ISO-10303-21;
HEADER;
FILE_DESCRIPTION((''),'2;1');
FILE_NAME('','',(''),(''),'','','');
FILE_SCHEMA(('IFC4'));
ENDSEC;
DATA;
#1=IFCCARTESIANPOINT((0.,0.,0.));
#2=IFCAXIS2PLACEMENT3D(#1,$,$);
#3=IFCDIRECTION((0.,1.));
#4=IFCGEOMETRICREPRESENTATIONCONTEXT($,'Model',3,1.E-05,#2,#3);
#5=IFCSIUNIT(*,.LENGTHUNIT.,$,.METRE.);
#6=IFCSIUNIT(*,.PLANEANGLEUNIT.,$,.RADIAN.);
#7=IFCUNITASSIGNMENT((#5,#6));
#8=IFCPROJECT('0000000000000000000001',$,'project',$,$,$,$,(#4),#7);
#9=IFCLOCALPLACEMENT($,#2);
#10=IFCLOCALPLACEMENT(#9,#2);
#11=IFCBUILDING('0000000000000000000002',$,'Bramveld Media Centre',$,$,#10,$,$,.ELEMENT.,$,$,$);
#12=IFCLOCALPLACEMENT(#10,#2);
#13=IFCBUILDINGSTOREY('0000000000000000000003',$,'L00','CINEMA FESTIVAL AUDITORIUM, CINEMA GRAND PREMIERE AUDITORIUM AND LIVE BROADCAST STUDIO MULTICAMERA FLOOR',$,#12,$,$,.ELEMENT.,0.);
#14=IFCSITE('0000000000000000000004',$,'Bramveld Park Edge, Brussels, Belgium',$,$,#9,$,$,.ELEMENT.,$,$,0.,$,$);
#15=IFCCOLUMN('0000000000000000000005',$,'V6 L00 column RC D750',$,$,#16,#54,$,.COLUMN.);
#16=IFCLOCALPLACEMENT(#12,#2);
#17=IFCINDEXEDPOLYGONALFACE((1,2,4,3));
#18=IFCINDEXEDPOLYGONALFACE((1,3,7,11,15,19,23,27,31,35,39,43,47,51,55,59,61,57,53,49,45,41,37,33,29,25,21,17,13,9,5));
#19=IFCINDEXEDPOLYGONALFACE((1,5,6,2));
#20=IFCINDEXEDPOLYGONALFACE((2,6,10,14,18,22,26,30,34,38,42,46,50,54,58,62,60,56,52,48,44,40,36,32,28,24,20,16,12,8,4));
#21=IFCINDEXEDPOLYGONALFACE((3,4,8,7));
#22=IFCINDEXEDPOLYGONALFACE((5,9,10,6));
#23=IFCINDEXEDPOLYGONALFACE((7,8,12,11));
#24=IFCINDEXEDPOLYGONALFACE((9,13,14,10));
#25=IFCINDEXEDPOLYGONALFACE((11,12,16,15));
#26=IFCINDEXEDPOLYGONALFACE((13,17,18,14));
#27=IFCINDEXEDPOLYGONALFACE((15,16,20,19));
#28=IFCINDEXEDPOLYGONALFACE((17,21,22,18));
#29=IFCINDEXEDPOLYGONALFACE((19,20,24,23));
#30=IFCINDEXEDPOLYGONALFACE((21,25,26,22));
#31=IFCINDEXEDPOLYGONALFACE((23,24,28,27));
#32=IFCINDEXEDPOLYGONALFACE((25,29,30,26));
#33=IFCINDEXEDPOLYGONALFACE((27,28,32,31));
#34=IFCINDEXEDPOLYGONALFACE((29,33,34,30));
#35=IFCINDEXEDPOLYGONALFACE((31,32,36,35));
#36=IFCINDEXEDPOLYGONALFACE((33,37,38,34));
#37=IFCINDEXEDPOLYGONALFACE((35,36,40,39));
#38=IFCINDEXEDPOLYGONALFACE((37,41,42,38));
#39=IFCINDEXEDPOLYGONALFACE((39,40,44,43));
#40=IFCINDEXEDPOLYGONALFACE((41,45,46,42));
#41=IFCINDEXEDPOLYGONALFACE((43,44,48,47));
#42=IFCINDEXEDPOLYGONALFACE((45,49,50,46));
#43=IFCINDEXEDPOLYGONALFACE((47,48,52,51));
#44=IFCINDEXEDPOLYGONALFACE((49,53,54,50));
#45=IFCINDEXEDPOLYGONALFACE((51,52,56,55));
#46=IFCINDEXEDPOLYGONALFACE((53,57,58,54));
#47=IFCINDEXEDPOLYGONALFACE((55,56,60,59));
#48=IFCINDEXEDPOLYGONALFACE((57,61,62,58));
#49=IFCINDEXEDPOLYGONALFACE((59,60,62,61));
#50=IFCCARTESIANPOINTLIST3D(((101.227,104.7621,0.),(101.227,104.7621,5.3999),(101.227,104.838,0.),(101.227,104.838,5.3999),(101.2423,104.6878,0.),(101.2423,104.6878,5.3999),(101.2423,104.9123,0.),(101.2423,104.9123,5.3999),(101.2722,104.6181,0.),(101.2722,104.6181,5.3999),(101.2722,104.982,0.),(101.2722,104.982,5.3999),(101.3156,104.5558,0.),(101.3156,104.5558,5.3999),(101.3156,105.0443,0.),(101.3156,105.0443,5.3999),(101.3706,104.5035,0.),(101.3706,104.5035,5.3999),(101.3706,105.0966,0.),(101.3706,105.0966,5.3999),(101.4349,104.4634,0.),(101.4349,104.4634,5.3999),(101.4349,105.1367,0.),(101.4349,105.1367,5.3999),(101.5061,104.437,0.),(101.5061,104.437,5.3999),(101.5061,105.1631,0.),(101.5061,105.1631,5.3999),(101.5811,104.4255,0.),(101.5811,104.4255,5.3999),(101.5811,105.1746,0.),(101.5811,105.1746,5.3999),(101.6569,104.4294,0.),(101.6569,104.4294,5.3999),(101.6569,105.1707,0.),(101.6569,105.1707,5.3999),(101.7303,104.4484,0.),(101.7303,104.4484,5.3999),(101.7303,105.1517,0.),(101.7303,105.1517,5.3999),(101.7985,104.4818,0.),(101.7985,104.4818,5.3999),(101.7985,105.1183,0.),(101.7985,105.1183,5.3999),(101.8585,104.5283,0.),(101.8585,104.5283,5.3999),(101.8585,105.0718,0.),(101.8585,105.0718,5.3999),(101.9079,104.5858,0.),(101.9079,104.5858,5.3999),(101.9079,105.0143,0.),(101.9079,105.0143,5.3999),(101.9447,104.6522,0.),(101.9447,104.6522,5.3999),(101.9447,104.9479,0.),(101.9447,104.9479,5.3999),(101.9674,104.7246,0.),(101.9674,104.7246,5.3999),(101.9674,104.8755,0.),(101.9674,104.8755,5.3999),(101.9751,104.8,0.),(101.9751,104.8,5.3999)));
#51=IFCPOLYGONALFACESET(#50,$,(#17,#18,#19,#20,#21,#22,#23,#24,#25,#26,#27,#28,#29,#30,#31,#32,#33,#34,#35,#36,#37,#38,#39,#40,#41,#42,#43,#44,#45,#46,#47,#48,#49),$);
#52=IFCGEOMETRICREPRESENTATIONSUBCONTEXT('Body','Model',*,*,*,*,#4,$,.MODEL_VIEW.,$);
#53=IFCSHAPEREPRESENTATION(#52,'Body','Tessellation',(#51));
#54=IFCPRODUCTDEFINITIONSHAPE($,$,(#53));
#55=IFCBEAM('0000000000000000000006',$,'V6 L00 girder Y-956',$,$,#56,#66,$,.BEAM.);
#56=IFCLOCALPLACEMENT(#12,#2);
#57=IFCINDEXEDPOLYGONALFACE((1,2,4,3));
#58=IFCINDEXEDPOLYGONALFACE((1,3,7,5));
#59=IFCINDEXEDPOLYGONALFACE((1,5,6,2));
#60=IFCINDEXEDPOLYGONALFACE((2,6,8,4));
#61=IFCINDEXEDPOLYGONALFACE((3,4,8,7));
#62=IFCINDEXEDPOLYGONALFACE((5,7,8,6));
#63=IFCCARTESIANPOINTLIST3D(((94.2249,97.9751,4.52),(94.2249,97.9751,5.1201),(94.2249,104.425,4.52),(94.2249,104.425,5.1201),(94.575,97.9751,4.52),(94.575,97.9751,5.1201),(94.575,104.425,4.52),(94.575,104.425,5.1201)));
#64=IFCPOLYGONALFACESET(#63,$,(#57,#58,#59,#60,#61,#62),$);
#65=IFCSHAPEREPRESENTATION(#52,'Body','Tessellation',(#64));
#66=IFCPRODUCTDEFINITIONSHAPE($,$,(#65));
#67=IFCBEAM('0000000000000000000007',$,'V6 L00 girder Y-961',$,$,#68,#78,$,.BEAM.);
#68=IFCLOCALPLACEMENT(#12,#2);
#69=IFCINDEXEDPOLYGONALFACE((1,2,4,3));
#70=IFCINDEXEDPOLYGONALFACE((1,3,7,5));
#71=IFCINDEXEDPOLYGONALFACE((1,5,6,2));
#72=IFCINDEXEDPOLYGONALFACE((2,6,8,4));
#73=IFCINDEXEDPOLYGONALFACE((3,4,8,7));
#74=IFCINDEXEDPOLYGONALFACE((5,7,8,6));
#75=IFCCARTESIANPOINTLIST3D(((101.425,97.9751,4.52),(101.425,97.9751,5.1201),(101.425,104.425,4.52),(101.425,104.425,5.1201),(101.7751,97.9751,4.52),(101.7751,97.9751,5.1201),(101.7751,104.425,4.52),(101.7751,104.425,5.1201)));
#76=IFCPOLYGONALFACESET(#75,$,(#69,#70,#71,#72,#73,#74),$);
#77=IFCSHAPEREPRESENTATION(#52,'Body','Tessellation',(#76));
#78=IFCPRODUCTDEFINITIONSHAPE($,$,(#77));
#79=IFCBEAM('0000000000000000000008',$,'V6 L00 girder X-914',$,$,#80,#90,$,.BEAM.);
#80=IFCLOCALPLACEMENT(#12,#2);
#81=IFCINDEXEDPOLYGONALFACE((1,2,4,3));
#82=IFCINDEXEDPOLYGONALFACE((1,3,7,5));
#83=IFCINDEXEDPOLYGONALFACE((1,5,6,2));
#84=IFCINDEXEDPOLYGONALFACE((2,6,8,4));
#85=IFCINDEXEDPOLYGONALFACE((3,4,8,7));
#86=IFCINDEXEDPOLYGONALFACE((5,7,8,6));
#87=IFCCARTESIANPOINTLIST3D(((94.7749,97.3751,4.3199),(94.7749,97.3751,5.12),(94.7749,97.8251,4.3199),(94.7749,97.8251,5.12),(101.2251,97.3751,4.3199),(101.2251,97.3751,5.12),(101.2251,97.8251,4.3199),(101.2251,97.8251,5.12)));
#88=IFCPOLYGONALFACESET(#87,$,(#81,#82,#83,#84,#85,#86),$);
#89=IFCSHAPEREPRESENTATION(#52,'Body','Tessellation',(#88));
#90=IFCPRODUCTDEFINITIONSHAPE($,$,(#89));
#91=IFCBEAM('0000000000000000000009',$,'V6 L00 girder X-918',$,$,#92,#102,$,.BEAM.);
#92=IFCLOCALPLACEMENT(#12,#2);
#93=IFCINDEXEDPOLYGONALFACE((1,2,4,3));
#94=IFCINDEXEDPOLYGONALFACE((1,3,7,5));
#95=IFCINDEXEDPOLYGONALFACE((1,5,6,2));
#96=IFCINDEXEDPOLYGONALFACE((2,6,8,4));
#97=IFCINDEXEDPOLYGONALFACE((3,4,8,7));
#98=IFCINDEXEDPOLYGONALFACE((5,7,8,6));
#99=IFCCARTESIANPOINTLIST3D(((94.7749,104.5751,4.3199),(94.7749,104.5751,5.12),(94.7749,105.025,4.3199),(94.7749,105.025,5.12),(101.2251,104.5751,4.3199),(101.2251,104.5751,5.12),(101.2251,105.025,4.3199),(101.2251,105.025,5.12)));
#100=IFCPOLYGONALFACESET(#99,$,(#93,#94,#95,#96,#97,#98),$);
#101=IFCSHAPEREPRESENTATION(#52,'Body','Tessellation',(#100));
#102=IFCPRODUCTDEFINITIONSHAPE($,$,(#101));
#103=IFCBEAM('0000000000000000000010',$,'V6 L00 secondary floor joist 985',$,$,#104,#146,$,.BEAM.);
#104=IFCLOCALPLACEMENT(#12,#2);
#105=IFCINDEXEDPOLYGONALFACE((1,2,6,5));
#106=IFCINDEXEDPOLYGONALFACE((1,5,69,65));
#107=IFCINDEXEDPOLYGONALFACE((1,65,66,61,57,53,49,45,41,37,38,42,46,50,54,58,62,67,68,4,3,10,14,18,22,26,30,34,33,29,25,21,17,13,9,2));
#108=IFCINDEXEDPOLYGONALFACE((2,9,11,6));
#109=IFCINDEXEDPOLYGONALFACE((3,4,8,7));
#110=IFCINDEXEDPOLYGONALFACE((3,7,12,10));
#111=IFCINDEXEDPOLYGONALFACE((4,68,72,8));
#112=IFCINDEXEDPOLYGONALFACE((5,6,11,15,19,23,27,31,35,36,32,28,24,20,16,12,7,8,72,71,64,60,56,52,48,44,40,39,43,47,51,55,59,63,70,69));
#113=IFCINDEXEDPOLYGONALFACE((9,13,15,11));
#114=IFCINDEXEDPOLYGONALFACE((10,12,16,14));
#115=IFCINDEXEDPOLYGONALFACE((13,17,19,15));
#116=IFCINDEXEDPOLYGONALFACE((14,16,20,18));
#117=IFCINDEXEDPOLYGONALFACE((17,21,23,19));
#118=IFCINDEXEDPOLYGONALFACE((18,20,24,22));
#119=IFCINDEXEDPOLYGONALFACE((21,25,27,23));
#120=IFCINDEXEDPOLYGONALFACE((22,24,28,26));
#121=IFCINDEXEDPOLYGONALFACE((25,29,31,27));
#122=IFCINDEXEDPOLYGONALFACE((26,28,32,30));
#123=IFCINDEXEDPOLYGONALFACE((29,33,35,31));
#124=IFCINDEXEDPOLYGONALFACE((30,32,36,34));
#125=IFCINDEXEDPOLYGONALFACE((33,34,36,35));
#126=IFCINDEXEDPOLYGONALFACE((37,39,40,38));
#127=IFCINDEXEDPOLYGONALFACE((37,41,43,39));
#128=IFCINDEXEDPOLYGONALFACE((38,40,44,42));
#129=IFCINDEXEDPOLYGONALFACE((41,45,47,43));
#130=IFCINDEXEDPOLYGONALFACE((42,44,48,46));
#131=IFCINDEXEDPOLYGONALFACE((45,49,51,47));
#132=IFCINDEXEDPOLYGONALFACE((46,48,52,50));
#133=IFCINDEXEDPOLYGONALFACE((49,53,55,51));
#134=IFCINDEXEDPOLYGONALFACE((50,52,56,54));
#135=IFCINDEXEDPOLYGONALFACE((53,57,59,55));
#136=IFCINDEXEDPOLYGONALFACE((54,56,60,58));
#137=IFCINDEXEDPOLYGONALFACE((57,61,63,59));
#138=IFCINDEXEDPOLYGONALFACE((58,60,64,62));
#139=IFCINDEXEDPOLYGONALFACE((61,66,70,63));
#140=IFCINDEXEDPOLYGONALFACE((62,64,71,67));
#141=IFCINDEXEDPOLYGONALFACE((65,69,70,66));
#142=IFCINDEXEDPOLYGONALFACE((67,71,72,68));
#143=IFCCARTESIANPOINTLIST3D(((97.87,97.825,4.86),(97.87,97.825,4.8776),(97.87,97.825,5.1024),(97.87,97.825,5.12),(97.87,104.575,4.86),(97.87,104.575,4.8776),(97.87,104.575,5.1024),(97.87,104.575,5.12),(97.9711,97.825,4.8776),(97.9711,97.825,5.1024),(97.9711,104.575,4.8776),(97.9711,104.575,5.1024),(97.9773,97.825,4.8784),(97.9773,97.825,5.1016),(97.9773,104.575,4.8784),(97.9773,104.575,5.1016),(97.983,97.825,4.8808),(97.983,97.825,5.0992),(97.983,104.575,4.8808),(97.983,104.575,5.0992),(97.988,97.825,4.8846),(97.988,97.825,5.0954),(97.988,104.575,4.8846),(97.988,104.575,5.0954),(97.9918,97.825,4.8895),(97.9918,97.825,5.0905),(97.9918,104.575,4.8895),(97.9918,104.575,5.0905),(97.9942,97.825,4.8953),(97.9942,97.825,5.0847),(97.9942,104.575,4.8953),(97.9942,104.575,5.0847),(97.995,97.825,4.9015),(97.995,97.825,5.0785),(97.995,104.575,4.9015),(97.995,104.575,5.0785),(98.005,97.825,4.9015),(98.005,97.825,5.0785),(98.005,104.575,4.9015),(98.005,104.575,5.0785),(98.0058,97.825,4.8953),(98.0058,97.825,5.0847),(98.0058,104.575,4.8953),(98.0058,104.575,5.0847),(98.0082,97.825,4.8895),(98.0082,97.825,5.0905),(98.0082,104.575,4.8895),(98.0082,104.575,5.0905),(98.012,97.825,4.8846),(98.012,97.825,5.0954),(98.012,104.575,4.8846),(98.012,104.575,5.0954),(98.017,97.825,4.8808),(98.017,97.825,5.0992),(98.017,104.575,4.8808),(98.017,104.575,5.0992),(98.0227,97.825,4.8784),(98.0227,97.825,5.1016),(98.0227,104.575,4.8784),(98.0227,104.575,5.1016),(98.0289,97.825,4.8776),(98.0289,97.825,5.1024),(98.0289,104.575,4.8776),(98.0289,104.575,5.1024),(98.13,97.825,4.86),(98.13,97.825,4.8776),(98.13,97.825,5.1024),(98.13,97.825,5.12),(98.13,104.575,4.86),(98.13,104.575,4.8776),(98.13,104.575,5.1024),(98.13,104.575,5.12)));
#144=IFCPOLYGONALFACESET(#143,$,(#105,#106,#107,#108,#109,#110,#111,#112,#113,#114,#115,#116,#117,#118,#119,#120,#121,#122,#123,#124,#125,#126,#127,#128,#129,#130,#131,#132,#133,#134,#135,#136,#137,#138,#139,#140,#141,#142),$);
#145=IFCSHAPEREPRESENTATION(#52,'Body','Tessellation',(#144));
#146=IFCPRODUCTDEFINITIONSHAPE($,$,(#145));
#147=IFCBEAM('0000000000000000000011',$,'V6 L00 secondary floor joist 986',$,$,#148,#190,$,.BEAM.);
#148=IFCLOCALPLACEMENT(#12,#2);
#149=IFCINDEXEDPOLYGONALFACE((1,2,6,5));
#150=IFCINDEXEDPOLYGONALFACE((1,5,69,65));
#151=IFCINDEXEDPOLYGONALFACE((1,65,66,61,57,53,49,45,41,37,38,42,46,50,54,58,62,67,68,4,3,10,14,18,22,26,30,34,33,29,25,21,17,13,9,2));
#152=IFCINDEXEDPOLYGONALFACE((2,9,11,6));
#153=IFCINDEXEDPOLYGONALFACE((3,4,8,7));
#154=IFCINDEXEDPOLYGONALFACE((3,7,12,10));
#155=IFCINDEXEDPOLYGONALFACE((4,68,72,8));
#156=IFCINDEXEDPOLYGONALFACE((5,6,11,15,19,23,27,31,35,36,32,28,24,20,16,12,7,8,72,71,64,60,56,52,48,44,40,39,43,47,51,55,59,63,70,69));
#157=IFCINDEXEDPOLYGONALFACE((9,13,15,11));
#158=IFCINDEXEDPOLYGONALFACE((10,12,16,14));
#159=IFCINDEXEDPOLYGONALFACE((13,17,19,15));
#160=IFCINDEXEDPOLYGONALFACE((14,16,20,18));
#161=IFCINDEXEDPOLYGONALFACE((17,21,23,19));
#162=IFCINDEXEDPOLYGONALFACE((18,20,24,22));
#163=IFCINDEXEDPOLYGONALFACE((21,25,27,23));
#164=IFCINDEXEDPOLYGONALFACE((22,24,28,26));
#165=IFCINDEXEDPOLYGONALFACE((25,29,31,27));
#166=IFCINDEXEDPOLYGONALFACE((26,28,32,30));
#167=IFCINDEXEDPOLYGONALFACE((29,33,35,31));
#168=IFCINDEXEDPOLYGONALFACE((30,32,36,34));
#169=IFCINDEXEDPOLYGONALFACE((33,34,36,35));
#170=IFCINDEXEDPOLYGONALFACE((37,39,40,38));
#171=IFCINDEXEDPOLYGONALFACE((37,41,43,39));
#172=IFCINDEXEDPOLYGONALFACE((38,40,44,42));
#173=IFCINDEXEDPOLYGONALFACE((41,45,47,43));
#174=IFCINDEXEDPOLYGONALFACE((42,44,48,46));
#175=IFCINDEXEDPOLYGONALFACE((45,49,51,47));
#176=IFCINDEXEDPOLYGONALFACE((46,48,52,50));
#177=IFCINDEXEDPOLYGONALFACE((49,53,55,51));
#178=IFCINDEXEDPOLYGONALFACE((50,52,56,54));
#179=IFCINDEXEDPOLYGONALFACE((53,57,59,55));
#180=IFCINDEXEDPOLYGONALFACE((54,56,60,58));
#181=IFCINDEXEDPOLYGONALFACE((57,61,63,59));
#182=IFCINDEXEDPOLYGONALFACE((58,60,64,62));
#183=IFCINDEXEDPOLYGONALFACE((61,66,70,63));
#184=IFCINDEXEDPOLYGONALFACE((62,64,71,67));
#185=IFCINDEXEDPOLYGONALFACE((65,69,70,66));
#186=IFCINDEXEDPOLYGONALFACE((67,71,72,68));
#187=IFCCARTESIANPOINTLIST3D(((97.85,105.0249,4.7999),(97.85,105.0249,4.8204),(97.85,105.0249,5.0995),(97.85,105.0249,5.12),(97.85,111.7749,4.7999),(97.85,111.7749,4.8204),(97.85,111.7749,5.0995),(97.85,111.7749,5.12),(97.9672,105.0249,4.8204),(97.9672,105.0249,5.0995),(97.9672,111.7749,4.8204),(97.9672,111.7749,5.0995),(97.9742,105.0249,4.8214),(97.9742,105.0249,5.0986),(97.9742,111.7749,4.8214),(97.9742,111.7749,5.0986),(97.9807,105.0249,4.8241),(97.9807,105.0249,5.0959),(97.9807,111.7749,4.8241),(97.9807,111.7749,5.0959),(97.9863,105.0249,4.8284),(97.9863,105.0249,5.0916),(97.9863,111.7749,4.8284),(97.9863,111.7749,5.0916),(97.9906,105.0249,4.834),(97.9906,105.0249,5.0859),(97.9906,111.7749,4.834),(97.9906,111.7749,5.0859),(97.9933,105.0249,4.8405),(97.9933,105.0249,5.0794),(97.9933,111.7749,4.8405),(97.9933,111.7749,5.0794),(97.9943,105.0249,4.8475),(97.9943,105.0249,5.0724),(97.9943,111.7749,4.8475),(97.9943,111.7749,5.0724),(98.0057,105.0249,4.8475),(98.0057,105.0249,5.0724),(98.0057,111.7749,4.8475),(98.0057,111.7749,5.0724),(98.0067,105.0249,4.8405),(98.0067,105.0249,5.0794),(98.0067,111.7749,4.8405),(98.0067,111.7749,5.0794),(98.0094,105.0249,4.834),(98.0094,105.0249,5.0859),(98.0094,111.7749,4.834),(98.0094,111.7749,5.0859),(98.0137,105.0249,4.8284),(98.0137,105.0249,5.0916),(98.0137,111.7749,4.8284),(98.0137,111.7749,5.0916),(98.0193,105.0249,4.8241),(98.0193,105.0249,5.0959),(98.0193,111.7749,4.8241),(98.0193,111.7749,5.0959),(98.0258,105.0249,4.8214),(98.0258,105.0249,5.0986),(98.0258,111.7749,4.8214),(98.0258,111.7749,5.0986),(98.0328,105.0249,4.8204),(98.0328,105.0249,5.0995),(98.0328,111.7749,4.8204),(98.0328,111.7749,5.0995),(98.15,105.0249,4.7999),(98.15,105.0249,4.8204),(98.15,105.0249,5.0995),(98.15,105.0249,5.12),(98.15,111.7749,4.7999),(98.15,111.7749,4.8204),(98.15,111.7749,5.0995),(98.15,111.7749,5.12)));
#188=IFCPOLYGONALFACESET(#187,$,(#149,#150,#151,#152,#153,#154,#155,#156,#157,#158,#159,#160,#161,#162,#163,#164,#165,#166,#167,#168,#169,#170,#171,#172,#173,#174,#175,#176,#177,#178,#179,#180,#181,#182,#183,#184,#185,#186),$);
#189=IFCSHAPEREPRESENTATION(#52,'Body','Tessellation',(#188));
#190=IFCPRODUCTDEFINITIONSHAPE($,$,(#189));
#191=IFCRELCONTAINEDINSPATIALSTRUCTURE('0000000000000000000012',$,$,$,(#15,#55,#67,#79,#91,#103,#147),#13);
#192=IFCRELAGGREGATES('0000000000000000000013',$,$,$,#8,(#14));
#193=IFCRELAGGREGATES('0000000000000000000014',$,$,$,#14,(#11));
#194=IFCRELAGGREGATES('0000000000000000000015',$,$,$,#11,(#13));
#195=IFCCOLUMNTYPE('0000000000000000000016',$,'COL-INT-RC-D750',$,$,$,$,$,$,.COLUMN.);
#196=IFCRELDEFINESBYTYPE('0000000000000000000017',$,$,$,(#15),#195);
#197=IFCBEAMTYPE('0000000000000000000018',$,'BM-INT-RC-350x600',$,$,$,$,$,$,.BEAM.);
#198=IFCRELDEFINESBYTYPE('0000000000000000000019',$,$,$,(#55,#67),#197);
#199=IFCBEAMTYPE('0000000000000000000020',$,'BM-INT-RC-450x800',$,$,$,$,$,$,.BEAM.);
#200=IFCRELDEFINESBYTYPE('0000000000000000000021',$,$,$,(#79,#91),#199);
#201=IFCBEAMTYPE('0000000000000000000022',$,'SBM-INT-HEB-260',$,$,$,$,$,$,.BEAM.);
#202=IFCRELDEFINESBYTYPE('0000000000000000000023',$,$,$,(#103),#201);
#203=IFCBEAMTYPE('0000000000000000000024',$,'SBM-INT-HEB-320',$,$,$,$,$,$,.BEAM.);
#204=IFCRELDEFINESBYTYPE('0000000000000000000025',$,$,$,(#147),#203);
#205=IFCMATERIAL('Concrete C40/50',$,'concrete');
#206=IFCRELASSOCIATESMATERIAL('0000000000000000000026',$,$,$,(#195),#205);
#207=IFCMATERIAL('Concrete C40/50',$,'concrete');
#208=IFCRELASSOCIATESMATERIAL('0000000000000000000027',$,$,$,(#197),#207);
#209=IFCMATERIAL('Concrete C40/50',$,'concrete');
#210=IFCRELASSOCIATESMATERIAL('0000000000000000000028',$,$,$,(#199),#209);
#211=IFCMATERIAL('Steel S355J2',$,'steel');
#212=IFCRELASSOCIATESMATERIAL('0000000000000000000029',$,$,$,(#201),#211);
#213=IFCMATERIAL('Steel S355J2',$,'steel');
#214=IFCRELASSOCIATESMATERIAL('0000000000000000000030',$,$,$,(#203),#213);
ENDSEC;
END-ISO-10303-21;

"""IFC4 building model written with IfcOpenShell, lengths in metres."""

from ifc_helpers import new_model, si_unit, direction, frame, origin, origin_2d, place, context, subcontext, project, spatial, rectangle, circle, i_section, extrude, material, material_profile, profile_set, type_object, element, save


model = new_model("IFC4")

# Units and contexts
model_context = context("Model", 3, precision=1e-05, world=origin(), true_north=direction((0.0, 1.0)))
body_context = subcontext(model_context, "Body", "Model", "MODEL_VIEW")
ifc_project = project(units=[si_unit("LENGTHUNIT", "METRE"), si_unit("PLANEANGLEUNIT", "RADIAN")], contexts=[model_context])

# Site, building, storey
site_placement = place(None, origin())
site = spatial("IfcSite", under=ifc_project, at=site_placement, Name="Bramveld Park Edge, Brussels, Belgium", CompositionType="ELEMENT", RefElevation=0.0)
building_placement = place(site_placement, origin())
building = spatial("IfcBuilding", under=site, at=building_placement, Name="Bramveld Media Centre", CompositionType="ELEMENT")
storey_placement = place(building_placement, origin())
storey = spatial("IfcBuildingStorey", under=building, at=storey_placement, Name="L00", Description="CINEMA FESTIVAL AUDITORIUM, CINEMA GRAND PREMIERE AUDITORIUM AND LIVE BROADCAST STUDIO MULTICAMERA FLOOR", CompositionType="ELEMENT", Elevation=0.0)

# Column
ifc_material_1 = material(Name="Concrete C40/50", Category="concrete")
ifc_material_profile_1 = material_profile(ifc_material_1, circle(Radius=0.375, at=origin_2d()), Name="RC D750")
ifc_profile_set_1 = profile_set([ifc_material_profile_1], Name="Concrete C40/50")
column_type = type_object("IfcColumnType", Name="COL-INT-RC-D750", PredefinedType="COLUMN", material=ifc_profile_set_1)
for number, where, z_axis, x_axis, name in (
    (1, (101.6001, 104.8, 0.0), (0.0, 0.0, 1.0), (1.0, 0.0, 0.0), "V6 L00 column RC D750"),
):
    element("IfcColumn", number, at=place(storey_placement, frame(where, z_axis=z_axis, x_axis=x_axis)), inside=storey, type_object=column_type, Name=name, PredefinedType="COLUMN", context=body_context, shape_type="SweptSolid", body=[
        extrude(circle(Radius=0.375, at=origin_2d()), origin(), (0.0, 0.0, 1.0), 5.3999),
    ])

# Beams
ifc_material_2 = material(Name="Concrete C40/50", Category="concrete")
ifc_material_profile_2 = material_profile(ifc_material_2, rectangle(XDim=0.3501, YDim=0.6001, at=origin_2d()), Name="RC 350x600")
ifc_profile_set_2 = profile_set([ifc_material_profile_2], Name="Concrete C40/50")
beam_type_1 = type_object("IfcBeamType", Name="BM-INT-RC-350x600", PredefinedType="BEAM", material=ifc_profile_set_2)
for number, where, z_axis, x_axis, name in (
    (2, (94.3999, 97.9751, 4.8201), (0.0, 1.0, 0.0), (-1.0, 0.0, 0.0), "V6 L00 girder Y-956"),
    (3, (101.6001, 97.9751, 4.8201), (0.0, 1.0, 0.0), (-1.0, 0.0, 0.0), "V6 L00 girder Y-961"),
):
    element("IfcBeam", number, at=place(storey_placement, frame(where, z_axis=z_axis, x_axis=x_axis)), inside=storey, type_object=beam_type_1, Name=name, PredefinedType="BEAM", context=body_context, shape_type="SweptSolid", body=[
        extrude(rectangle(XDim=0.3501, YDim=0.6001, at=origin_2d()), origin(), (0.0, 0.0, 1.0), 6.45),
    ])
ifc_material_3 = material(Name="Concrete C40/50", Category="concrete")
ifc_material_profile_3 = material_profile(ifc_material_3, rectangle(XDim=0.45, YDim=0.8, at=origin_2d()), Name="RC 450x800")
ifc_profile_set_3 = profile_set([ifc_material_profile_3], Name="Concrete C40/50")
beam_type_2 = type_object("IfcBeamType", Name="BM-INT-RC-450x800", PredefinedType="BEAM", material=ifc_profile_set_3)
for number, where, z_axis, x_axis, name in (
    (4, (94.7749, 97.6001, 4.72), (1.0, 0.0, 0.0), (0.0, 1.0, 0.0), "V6 L00 girder X-914"),
    (5, (94.7749, 104.8, 4.72), (1.0, 0.0, 0.0), (0.0, 1.0, 0.0), "V6 L00 girder X-918"),
):
    element("IfcBeam", number, at=place(storey_placement, frame(where, z_axis=z_axis, x_axis=x_axis)), inside=storey, type_object=beam_type_2, Name=name, PredefinedType="BEAM", context=body_context, shape_type="SweptSolid", body=[
        extrude(rectangle(XDim=0.45, YDim=0.8, at=origin_2d()), origin(), (0.0, 0.0, 1.0), 6.4502),
    ])
ifc_material_4 = material(Name="Steel S355J2", Category="steel")
ifc_material_profile_4 = material_profile(ifc_material_4, i_section(OverallWidth=0.26, OverallDepth=0.26, WebThickness=0.01, FlangeThickness=0.0176, FilletRadius=0.0239, at=origin_2d()), Name="HEB 260")
ifc_profile_set_4 = profile_set([ifc_material_profile_4], Name="Steel S355J2")
beam_type_3 = type_object("IfcBeamType", Name="SBM-INT-HEB-260", PredefinedType="BEAM", material=ifc_profile_set_4)
beam_1_placement = place(storey_placement, frame((98.0, 97.825, 4.99), z_axis=(0.0, 1.0, 0.0), x_axis=(-1.0, 0.0, 0.0)))
element("IfcBeam", 6, at=beam_1_placement, inside=storey, type_object=beam_type_3, Name="V6 L00 secondary floor joist 985", PredefinedType="BEAM", context=body_context, shape_type="SweptSolid", body=[
    extrude(i_section(OverallWidth=0.26, OverallDepth=0.26, WebThickness=0.01, FlangeThickness=0.0176, FilletRadius=0.0239, at=origin_2d()), origin(), (0.0, 0.0, 1.0), 6.75),
])
ifc_material_5 = material(Name="Steel S355J2", Category="steel")
ifc_material_profile_5 = material_profile(ifc_material_5, i_section(OverallWidth=0.3, OverallDepth=0.3201, WebThickness=0.0115, FlangeThickness=0.0205, FilletRadius=0.0271, at=origin_2d()), Name="HEB 320")
ifc_profile_set_5 = profile_set([ifc_material_profile_5], Name="Steel S355J2")
beam_type_4 = type_object("IfcBeamType", Name="SBM-INT-HEB-320", PredefinedType="BEAM", material=ifc_profile_set_5)
beam_2_placement = place(storey_placement, frame((98.0, 105.0249, 4.96), z_axis=(0.0, 1.0, 0.0), x_axis=(-1.0, 0.0, 0.0)))
element("IfcBeam", 7, at=beam_2_placement, inside=storey, type_object=beam_type_4, Name="V6 L00 secondary floor joist 986", PredefinedType="BEAM", context=body_context, shape_type="SweptSolid", body=[
    extrude(i_section(OverallWidth=0.3, OverallDepth=0.3201, WebThickness=0.0115, FlangeThickness=0.0205, FilletRadius=0.0271, at=origin_2d()), origin(), (0.0, 0.0, 1.0), 6.75),
])

save(model, "model.ifc")
